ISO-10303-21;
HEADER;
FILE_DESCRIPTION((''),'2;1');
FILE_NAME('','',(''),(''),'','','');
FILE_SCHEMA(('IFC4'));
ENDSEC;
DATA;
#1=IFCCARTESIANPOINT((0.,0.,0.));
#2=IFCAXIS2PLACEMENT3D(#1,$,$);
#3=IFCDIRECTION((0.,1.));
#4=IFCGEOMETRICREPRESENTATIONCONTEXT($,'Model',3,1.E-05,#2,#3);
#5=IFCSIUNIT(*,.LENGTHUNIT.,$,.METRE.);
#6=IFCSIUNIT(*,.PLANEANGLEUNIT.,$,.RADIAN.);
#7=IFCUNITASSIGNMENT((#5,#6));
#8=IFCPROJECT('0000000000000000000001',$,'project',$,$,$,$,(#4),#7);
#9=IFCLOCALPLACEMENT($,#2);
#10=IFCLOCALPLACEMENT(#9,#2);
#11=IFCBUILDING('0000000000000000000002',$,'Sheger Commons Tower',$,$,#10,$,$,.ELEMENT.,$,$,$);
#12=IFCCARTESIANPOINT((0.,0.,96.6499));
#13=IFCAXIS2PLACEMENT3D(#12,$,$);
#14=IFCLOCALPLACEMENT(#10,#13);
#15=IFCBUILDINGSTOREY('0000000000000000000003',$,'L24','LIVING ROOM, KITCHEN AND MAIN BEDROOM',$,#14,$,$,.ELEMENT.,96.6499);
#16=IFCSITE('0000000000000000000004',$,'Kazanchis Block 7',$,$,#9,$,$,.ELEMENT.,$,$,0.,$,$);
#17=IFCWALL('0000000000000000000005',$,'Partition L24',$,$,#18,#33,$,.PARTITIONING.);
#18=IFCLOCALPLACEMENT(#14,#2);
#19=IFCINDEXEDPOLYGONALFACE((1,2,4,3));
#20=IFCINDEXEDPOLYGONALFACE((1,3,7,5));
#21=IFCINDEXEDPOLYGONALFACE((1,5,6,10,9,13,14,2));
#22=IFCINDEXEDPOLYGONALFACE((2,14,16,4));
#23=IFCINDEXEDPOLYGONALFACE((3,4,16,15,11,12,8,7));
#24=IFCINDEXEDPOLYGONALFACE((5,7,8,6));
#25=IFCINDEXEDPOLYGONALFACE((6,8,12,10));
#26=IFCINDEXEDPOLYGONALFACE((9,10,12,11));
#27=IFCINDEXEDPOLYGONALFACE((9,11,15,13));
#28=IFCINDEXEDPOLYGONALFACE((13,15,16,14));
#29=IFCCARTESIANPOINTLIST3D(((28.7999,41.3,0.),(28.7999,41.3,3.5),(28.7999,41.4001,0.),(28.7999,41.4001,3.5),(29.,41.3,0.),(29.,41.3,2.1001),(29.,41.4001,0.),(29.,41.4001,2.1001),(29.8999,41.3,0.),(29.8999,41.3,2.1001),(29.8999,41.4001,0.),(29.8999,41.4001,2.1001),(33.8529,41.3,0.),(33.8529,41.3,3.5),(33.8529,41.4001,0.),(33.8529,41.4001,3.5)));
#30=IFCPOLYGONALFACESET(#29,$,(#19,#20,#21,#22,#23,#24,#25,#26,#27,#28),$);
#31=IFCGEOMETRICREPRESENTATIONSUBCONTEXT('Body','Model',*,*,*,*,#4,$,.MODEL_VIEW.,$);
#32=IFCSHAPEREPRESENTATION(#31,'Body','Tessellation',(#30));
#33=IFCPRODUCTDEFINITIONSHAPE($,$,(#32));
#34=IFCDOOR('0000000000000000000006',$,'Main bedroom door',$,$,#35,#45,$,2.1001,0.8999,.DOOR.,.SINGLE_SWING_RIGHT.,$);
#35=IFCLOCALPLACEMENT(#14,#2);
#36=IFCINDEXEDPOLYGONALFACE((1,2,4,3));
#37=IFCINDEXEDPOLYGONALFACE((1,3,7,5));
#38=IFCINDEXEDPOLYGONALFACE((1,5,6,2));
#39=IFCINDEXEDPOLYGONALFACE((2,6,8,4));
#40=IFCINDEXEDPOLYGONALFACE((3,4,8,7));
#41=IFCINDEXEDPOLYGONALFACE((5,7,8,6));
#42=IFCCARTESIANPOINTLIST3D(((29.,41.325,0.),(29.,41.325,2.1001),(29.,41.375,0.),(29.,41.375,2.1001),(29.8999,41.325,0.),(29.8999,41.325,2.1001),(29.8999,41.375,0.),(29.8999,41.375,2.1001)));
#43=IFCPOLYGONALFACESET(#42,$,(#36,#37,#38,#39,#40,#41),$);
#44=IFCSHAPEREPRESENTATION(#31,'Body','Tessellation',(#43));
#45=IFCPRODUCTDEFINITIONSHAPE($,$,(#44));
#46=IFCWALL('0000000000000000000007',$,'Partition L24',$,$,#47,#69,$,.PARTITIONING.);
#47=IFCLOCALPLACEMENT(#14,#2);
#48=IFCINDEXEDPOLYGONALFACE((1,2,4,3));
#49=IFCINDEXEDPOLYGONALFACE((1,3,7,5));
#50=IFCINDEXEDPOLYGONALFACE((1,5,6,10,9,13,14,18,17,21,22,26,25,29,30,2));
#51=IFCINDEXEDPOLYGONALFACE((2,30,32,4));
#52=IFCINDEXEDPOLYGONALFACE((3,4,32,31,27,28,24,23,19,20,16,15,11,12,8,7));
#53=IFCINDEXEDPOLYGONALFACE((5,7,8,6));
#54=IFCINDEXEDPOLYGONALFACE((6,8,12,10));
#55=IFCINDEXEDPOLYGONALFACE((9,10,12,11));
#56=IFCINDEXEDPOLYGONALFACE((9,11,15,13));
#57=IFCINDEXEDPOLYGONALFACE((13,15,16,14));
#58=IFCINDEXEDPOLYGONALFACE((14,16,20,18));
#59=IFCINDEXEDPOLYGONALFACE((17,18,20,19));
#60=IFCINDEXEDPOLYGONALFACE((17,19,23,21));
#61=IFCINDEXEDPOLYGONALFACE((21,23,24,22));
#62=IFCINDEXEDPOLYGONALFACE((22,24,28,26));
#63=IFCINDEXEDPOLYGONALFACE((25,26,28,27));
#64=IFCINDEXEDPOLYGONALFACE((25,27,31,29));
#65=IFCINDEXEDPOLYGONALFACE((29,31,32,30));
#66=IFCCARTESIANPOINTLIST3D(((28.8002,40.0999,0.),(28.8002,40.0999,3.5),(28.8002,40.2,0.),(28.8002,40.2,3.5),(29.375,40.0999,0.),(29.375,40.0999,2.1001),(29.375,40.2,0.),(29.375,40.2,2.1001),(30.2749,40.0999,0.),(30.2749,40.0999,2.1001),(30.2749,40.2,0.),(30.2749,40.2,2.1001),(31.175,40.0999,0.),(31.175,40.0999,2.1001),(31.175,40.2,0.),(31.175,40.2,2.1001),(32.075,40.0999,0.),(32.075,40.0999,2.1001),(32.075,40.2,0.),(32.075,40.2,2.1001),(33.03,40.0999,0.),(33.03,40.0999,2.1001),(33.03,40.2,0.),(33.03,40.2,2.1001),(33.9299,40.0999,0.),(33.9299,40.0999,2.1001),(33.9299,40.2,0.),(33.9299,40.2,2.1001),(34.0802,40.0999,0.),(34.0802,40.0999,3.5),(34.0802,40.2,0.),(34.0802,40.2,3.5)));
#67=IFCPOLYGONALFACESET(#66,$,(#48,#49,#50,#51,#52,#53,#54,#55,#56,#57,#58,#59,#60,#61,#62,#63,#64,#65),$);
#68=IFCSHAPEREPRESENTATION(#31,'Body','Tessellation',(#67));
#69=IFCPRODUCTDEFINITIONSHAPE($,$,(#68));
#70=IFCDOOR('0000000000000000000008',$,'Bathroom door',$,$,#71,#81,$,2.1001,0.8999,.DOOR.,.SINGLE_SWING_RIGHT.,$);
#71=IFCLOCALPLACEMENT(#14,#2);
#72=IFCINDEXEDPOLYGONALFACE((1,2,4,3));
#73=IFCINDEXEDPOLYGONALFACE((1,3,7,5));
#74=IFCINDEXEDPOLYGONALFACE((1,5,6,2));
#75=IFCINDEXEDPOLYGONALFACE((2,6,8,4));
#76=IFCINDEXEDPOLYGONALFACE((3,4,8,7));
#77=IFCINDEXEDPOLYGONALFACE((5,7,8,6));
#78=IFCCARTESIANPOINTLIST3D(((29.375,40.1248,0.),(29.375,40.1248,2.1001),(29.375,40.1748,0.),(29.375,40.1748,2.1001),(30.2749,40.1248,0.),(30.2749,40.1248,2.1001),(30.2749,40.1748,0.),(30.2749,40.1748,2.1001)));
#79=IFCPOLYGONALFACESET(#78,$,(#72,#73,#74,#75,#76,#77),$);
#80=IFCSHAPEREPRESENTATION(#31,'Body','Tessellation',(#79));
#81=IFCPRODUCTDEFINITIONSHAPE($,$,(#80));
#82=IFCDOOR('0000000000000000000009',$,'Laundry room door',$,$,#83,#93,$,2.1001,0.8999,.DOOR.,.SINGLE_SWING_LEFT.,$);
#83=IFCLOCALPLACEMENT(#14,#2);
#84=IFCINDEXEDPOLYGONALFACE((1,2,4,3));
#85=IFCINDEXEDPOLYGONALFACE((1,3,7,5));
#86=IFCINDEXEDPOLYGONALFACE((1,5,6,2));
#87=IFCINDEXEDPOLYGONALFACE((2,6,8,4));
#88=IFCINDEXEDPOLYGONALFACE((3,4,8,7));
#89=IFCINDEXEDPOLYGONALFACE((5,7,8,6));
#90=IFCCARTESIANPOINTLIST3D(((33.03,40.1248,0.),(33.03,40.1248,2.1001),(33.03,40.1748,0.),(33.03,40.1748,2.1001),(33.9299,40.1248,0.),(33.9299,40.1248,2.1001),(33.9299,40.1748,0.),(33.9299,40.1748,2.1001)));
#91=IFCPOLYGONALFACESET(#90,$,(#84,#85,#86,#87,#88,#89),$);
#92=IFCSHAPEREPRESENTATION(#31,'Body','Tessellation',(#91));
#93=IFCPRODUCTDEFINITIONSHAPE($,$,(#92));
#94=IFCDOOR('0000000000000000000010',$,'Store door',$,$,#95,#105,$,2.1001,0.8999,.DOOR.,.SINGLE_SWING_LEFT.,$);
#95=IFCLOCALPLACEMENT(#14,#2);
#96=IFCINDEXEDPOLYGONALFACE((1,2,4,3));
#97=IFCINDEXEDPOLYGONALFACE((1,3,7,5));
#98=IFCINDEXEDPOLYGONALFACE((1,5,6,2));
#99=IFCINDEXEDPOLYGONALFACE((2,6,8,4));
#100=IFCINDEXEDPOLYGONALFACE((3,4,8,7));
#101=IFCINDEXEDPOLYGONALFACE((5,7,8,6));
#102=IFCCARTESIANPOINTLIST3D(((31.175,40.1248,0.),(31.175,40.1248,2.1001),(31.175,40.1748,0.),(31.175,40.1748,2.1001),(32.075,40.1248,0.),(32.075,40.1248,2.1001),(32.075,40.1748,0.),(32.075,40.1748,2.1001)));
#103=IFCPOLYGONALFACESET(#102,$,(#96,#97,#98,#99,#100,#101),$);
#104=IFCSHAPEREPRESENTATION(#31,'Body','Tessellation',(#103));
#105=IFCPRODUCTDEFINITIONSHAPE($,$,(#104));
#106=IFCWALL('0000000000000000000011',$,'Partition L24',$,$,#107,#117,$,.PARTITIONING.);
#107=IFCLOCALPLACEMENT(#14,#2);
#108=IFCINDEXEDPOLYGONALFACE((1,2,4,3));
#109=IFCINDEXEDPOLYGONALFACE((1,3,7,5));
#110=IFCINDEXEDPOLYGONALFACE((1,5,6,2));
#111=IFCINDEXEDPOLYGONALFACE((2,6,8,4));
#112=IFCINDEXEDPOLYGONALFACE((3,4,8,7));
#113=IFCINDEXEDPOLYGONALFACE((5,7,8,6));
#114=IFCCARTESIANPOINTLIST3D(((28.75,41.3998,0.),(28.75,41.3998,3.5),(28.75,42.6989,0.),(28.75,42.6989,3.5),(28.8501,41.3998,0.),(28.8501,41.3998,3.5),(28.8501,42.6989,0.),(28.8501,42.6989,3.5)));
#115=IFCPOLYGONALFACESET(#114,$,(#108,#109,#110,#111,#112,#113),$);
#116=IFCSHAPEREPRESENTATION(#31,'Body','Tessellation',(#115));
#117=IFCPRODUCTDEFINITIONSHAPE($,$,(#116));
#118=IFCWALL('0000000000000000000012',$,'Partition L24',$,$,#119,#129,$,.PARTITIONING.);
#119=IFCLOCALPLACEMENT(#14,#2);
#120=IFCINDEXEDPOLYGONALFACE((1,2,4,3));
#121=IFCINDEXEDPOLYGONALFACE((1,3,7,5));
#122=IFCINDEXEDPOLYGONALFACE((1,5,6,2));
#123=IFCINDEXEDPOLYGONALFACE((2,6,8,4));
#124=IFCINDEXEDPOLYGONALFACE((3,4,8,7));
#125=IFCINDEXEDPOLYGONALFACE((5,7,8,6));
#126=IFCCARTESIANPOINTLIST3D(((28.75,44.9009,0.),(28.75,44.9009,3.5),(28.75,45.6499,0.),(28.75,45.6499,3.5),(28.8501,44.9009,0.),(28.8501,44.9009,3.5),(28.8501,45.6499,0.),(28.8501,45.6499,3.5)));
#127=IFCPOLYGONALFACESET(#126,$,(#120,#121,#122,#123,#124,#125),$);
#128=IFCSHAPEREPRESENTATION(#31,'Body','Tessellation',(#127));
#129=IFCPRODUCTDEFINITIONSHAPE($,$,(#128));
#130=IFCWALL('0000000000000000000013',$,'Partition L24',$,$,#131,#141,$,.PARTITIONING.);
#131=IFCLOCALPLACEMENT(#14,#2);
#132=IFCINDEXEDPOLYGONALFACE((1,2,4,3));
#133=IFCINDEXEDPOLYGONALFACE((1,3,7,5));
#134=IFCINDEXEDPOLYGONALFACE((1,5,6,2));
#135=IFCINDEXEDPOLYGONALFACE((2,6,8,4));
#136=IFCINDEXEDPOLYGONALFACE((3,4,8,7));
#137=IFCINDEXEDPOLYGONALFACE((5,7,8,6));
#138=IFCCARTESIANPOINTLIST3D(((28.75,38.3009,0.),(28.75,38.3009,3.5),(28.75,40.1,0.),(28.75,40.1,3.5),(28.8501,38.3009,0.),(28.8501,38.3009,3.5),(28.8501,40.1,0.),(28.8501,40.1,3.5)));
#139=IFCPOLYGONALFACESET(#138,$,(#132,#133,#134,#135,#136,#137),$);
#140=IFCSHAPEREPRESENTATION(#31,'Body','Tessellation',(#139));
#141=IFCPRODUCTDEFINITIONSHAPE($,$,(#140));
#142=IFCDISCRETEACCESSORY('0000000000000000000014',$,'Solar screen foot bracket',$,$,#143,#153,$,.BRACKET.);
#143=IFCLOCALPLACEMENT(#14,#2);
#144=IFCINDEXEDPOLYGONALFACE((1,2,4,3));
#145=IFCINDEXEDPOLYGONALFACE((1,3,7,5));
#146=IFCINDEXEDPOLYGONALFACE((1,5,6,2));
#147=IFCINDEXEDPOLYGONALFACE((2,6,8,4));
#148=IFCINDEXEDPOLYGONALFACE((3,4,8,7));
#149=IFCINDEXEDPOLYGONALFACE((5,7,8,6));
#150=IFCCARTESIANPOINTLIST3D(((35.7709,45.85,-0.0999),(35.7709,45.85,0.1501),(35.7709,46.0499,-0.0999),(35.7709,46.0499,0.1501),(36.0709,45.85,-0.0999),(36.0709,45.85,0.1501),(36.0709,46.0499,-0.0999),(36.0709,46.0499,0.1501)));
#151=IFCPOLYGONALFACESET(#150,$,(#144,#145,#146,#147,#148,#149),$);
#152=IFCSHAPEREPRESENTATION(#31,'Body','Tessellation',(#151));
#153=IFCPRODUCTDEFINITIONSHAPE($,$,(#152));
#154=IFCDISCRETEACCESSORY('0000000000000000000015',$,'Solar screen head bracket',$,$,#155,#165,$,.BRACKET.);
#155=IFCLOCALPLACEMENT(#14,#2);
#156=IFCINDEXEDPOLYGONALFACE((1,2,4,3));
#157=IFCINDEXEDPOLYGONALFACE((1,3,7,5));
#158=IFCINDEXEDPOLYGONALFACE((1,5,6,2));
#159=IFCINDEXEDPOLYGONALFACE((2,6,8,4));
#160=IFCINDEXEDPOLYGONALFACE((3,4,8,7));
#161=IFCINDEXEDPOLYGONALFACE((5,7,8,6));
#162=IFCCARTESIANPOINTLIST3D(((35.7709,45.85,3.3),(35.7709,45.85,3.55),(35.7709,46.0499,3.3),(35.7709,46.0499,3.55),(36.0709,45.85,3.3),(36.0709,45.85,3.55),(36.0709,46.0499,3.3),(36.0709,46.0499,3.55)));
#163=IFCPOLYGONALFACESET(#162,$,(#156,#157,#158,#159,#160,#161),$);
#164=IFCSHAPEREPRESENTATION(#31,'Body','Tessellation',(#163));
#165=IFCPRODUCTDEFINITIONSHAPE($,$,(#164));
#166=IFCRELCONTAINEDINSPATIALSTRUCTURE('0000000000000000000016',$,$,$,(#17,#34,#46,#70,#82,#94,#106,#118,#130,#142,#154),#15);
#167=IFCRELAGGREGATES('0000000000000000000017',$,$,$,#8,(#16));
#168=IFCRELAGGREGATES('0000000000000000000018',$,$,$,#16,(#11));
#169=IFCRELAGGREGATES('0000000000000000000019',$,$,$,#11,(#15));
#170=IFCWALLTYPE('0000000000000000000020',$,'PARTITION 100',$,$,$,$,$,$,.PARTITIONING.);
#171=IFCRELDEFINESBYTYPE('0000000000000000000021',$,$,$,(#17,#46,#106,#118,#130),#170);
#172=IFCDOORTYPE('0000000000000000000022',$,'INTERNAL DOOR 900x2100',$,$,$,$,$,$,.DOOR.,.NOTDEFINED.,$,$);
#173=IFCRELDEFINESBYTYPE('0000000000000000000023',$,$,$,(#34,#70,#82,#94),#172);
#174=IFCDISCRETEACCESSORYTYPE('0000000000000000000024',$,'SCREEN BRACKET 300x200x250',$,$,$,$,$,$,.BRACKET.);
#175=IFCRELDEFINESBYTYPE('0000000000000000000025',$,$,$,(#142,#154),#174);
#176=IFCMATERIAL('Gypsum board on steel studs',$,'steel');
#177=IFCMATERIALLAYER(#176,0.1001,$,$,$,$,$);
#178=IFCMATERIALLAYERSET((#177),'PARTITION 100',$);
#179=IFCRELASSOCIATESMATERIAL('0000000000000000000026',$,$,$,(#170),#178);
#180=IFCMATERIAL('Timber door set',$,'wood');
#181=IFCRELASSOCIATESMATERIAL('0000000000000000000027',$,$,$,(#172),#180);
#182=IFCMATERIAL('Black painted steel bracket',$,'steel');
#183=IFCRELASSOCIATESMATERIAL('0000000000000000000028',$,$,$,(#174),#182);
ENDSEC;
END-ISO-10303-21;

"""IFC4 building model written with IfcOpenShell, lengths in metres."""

from ifc_helpers import new_model, si_unit, direction, frame, frame_2d, origin, origin_2d, place, context, subcontext, project, spatial, rectangle, extrude, material, layer, layer_set, type_object, element, fill, save


model = new_model("IFC4")

# Units and contexts
model_context = context("Model", 3, precision=1e-05, world=origin(), true_north=direction((0.0, 1.0)))
body_context = subcontext(model_context, "Body", "Model", "MODEL_VIEW")
ifc_project = project(units=[si_unit("LENGTHUNIT", "METRE"), si_unit("PLANEANGLEUNIT", "RADIAN")], contexts=[model_context])

# Site, building, storey
site_placement = place(None, origin())
site = spatial("IfcSite", under=ifc_project, at=site_placement, Name="Kazanchis Block 7", CompositionType="ELEMENT", RefElevation=0.0)
building_placement = place(site_placement, origin())
building = spatial("IfcBuilding", under=site, at=building_placement, Name="Sheger Commons Tower", CompositionType="ELEMENT")
storey_placement = place(building_placement, frame((0.0, 0.0, 96.6499)))
storey = spatial("IfcBuildingStorey", under=building, at=storey_placement, Name="L24", Description="LIVING ROOM, KITCHEN AND MAIN BEDROOM", CompositionType="ELEMENT", Elevation=96.6499)

# Shared definitions
ifc_material_1 = material(Name="Gypsum board on steel studs", Category="steel")
ifc_layer_1 = layer(ifc_material_1, 0.1001)
ifc_layer_set_1 = layer_set([ifc_layer_1], Name="PARTITION 100")
wall_type_1 = type_object("IfcWallType", Name="PARTITION 100", PredefinedType="PARTITIONING", material=ifc_layer_set_1)

# Wall, opening, door
wall_1_placement = place(storey_placement, frame((28.8, 41.3501, 0.0), z_axis=(0.0, 0.0, 1.0), x_axis=(1.0, 0.0, 0.0)))
wall_1 = element("IfcWall", 1, at=wall_1_placement, inside=storey, type_object=wall_type_1, Name="Partition L24", PredefinedType="PARTITIONING", context=body_context, shape_type="SweptSolid", body=[
    extrude(rectangle(XDim=5.053, YDim=0.1001, at=frame_2d((2.5264, 0.0))), origin(), (0.0, 0.0, 1.0), 3.5),
])
opening_1_placement = place(wall_1_placement, frame((0.2, 0.0, 0.0)))
opening_1 = element("IfcOpeningElement", 2, at=opening_1_placement, cuts=wall_1, PredefinedType="OPENING", context=body_context, shape_type="SweptSolid", body=[
    extrude(rectangle(XDim=0.8999, YDim=2.1001, at=frame_2d((0.45, 1.05))), frame((0.0, 0.0601, 0.0), z_axis=(0.0, -1.0, 0.0), x_axis=(1.0, 0.0, 0.0)), (0.0, 0.0, 1.0), 0.1201),
])
ifc_material_2 = material(Name="Timber door set", Category="wood")
door_type_1 = type_object("IfcDoorType", Name="INTERNAL DOOR 900x2100", OperationType="NOTDEFINED", PredefinedType="DOOR", material=ifc_material_2)
door_1_placement = place(opening_1_placement, origin())
door_1 = element("IfcDoor", 3, at=door_1_placement, inside=storey, type_object=door_type_1, Name="Main bedroom door", OperationType="SINGLE_SWING_RIGHT", OverallHeight=2.1001, OverallWidth=0.8999, PredefinedType="DOOR", context=body_context, shape_type="SweptSolid", body=[
    extrude(rectangle(XDim=0.8999, YDim=2.1001, at=frame_2d((0.45, 1.05))), frame((0.0, 0.0249, 0.0), z_axis=(0.0, -1.0, 0.0), x_axis=(1.0, 0.0, 0.0)), (0.0, 0.0, 1.0), 0.05),
])
fill(opening_1, door_1)

# Wall, openings, doors
wall_2_placement = place(storey_placement, frame((28.8, 40.1499, 0.0), z_axis=(0.0, 0.0, 1.0), x_axis=(1.0, 0.0, 0.0)))
wall_2 = element("IfcWall", 4, at=wall_2_placement, inside=storey, type_object=wall_type_1, Name="Partition L24", PredefinedType="PARTITIONING", context=body_context, shape_type="SweptSolid", body=[
    extrude(rectangle(XDim=5.28, YDim=0.1001, at=frame_2d((2.6401, 0.0))), origin(), (0.0, 0.0, 1.0), 3.5),
])
opening_2_placement = place(wall_2_placement, frame((0.575, 0.0, 0.0)))
opening_2 = element("IfcOpeningElement", 5, at=opening_2_placement, cuts=wall_2, PredefinedType="OPENING", context=body_context, shape_type="SweptSolid", body=[
    extrude(rectangle(XDim=0.8999, YDim=2.1001, at=frame_2d((0.45, 1.05))), frame((0.0, 0.0601, 0.0), z_axis=(0.0, -1.0, 0.0), x_axis=(1.0, 0.0, 0.0)), (0.0, 0.0, 1.0), 0.1201),
])
opening_3_placement = place(wall_2_placement, frame((4.23, 0.0, 0.0)))
opening_3 = element("IfcOpeningElement", 6, at=opening_3_placement, cuts=wall_2, PredefinedType="OPENING", context=body_context, shape_type="SweptSolid", body=[
    extrude(rectangle(XDim=0.8999, YDim=2.1001, at=frame_2d((0.45, 1.05))), frame((0.0, 0.0601, 0.0), z_axis=(0.0, -1.0, 0.0), x_axis=(1.0, 0.0, 0.0)), (0.0, 0.0, 1.0), 0.1201),
])
opening_4_placement = place(wall_2_placement, frame((2.375, 0.0, 0.0)))
opening_4 = element("IfcOpeningElement", 7, at=opening_4_placement, cuts=wall_2, PredefinedType="OPENING", context=body_context, shape_type="SweptSolid", body=[
    extrude(rectangle(XDim=0.8999, YDim=2.1001, at=frame_2d((0.45, 1.05))), frame((0.0, 0.0601, 0.0), z_axis=(0.0, -1.0, 0.0), x_axis=(1.0, 0.0, 0.0)), (0.0, 0.0, 1.0), 0.1201),
])
door_2_placement = place(opening_2_placement, origin())
door_2 = element("IfcDoor", 8, at=door_2_placement, inside=storey, type_object=door_type_1, Name="Bathroom door", OperationType="SINGLE_SWING_RIGHT", OverallHeight=2.1001, OverallWidth=0.8999, PredefinedType="DOOR", context=body_context, shape_type="SweptSolid", body=[
    extrude(rectangle(XDim=0.8999, YDim=2.1001, at=frame_2d((0.45, 1.05))), frame((0.0, 0.0249, 0.0), z_axis=(0.0, -1.0, 0.0), x_axis=(1.0, 0.0, 0.0)), (0.0, 0.0, 1.0), 0.05),
])
fill(opening_2, door_2)
door_3_placement = place(opening_3_placement, origin())
door_3 = element("IfcDoor", 9, at=door_3_placement, inside=storey, type_object=door_type_1, Name="Laundry room door", OperationType="SINGLE_SWING_LEFT", OverallHeight=2.1001, OverallWidth=0.8999, PredefinedType="DOOR", context=body_context, shape_type="SweptSolid", body=[
    extrude(rectangle(XDim=0.8999, YDim=2.1001, at=frame_2d((0.45, 1.05))), frame((0.0, 0.0249, 0.0), z_axis=(0.0, -1.0, 0.0), x_axis=(1.0, 0.0, 0.0)), (0.0, 0.0, 1.0), 0.05),
])
fill(opening_3, door_3)
door_4_placement = place(opening_4_placement, origin())
door_4 = element("IfcDoor", 10, at=door_4_placement, inside=storey, type_object=door_type_1, Name="Store door", OperationType="SINGLE_SWING_LEFT", OverallHeight=2.1001, OverallWidth=0.8999, PredefinedType="DOOR", context=body_context, shape_type="SweptSolid", body=[
    extrude(rectangle(XDim=0.8999, YDim=2.1001, at=frame_2d((0.45, 1.05))), frame((0.0, 0.0249, 0.0), z_axis=(0.0, -1.0, 0.0), x_axis=(1.0, 0.0, 0.0)), (0.0, 0.0, 1.0), 0.05),
])
fill(opening_4, door_4)

# Walls
wall_3_placement = place(storey_placement, frame((28.8, 41.3999, 0.0), z_axis=(0.0, 0.0, 1.0), x_axis=(0.0, 1.0, 0.0)))
element("IfcWall", 11, at=wall_3_placement, inside=storey, type_object=wall_type_1, Name="Partition L24", PredefinedType="PARTITIONING", context=body_context, shape_type="SweptSolid", body=[
    extrude(rectangle(XDim=1.2991, YDim=0.1001, at=frame_2d((0.6494, 0.0))), origin(), (0.0, 0.0, 1.0), 3.5),
])
wall_4_placement = place(storey_placement, frame((28.8, 44.9009, 0.0), z_axis=(0.0, 0.0, 1.0), x_axis=(0.0, 1.0, 0.0)))
element("IfcWall", 12, at=wall_4_placement, inside=storey, type_object=wall_type_1, Name="Partition L24", PredefinedType="PARTITIONING", context=body_context, shape_type="SweptSolid", body=[
    extrude(rectangle(XDim=0.749, YDim=0.1001, at=frame_2d((0.3745, 0.0))), origin(), (0.0, 0.0, 1.0), 3.5),
])
wall_5_placement = place(storey_placement, frame((28.8, 38.301, 0.0), z_axis=(0.0, 0.0, 1.0), x_axis=(0.0, 1.0, 0.0)))
element("IfcWall", 13, at=wall_5_placement, inside=storey, type_object=wall_type_1, Name="Partition L24", PredefinedType="PARTITIONING", context=body_context, shape_type="SweptSolid", body=[
    extrude(rectangle(XDim=1.7991, YDim=0.1001, at=frame_2d((0.8994, 0.0))), origin(), (0.0, 0.0, 1.0), 3.5),
])

# Discrete accessories
ifc_material_3 = material(Name="Black painted steel bracket", Category="steel")
discrete_accessory_type = type_object("IfcDiscreteAccessoryType", Name="SCREEN BRACKET 300x200x250", PredefinedType="BRACKET", material=ifc_material_3)
for number, where, z_axis, x_axis, name in (
    (14, (35.9209, 45.95, -0.0999), (0.0, 0.0, 1.0), (-1.0, 0.0, 0.0), "Solar screen foot bracket"),
    (15, (35.9209, 45.95, 3.3), (0.0, 0.0, 1.0), (-1.0, 0.0, 0.0), "Solar screen head bracket"),
):
    element("IfcDiscreteAccessory", number, at=place(storey_placement, frame(where, z_axis=z_axis, x_axis=x_axis)), inside=storey, type_object=discrete_accessory_type, Name=name, PredefinedType="BRACKET", context=body_context, shape_type="SweptSolid", body=[
        extrude(rectangle(XDim=0.3, YDim=0.2, at=origin_2d()), origin(), (0.0, 0.0, 1.0), 0.25),
    ])

save(model, "model.ifc")
